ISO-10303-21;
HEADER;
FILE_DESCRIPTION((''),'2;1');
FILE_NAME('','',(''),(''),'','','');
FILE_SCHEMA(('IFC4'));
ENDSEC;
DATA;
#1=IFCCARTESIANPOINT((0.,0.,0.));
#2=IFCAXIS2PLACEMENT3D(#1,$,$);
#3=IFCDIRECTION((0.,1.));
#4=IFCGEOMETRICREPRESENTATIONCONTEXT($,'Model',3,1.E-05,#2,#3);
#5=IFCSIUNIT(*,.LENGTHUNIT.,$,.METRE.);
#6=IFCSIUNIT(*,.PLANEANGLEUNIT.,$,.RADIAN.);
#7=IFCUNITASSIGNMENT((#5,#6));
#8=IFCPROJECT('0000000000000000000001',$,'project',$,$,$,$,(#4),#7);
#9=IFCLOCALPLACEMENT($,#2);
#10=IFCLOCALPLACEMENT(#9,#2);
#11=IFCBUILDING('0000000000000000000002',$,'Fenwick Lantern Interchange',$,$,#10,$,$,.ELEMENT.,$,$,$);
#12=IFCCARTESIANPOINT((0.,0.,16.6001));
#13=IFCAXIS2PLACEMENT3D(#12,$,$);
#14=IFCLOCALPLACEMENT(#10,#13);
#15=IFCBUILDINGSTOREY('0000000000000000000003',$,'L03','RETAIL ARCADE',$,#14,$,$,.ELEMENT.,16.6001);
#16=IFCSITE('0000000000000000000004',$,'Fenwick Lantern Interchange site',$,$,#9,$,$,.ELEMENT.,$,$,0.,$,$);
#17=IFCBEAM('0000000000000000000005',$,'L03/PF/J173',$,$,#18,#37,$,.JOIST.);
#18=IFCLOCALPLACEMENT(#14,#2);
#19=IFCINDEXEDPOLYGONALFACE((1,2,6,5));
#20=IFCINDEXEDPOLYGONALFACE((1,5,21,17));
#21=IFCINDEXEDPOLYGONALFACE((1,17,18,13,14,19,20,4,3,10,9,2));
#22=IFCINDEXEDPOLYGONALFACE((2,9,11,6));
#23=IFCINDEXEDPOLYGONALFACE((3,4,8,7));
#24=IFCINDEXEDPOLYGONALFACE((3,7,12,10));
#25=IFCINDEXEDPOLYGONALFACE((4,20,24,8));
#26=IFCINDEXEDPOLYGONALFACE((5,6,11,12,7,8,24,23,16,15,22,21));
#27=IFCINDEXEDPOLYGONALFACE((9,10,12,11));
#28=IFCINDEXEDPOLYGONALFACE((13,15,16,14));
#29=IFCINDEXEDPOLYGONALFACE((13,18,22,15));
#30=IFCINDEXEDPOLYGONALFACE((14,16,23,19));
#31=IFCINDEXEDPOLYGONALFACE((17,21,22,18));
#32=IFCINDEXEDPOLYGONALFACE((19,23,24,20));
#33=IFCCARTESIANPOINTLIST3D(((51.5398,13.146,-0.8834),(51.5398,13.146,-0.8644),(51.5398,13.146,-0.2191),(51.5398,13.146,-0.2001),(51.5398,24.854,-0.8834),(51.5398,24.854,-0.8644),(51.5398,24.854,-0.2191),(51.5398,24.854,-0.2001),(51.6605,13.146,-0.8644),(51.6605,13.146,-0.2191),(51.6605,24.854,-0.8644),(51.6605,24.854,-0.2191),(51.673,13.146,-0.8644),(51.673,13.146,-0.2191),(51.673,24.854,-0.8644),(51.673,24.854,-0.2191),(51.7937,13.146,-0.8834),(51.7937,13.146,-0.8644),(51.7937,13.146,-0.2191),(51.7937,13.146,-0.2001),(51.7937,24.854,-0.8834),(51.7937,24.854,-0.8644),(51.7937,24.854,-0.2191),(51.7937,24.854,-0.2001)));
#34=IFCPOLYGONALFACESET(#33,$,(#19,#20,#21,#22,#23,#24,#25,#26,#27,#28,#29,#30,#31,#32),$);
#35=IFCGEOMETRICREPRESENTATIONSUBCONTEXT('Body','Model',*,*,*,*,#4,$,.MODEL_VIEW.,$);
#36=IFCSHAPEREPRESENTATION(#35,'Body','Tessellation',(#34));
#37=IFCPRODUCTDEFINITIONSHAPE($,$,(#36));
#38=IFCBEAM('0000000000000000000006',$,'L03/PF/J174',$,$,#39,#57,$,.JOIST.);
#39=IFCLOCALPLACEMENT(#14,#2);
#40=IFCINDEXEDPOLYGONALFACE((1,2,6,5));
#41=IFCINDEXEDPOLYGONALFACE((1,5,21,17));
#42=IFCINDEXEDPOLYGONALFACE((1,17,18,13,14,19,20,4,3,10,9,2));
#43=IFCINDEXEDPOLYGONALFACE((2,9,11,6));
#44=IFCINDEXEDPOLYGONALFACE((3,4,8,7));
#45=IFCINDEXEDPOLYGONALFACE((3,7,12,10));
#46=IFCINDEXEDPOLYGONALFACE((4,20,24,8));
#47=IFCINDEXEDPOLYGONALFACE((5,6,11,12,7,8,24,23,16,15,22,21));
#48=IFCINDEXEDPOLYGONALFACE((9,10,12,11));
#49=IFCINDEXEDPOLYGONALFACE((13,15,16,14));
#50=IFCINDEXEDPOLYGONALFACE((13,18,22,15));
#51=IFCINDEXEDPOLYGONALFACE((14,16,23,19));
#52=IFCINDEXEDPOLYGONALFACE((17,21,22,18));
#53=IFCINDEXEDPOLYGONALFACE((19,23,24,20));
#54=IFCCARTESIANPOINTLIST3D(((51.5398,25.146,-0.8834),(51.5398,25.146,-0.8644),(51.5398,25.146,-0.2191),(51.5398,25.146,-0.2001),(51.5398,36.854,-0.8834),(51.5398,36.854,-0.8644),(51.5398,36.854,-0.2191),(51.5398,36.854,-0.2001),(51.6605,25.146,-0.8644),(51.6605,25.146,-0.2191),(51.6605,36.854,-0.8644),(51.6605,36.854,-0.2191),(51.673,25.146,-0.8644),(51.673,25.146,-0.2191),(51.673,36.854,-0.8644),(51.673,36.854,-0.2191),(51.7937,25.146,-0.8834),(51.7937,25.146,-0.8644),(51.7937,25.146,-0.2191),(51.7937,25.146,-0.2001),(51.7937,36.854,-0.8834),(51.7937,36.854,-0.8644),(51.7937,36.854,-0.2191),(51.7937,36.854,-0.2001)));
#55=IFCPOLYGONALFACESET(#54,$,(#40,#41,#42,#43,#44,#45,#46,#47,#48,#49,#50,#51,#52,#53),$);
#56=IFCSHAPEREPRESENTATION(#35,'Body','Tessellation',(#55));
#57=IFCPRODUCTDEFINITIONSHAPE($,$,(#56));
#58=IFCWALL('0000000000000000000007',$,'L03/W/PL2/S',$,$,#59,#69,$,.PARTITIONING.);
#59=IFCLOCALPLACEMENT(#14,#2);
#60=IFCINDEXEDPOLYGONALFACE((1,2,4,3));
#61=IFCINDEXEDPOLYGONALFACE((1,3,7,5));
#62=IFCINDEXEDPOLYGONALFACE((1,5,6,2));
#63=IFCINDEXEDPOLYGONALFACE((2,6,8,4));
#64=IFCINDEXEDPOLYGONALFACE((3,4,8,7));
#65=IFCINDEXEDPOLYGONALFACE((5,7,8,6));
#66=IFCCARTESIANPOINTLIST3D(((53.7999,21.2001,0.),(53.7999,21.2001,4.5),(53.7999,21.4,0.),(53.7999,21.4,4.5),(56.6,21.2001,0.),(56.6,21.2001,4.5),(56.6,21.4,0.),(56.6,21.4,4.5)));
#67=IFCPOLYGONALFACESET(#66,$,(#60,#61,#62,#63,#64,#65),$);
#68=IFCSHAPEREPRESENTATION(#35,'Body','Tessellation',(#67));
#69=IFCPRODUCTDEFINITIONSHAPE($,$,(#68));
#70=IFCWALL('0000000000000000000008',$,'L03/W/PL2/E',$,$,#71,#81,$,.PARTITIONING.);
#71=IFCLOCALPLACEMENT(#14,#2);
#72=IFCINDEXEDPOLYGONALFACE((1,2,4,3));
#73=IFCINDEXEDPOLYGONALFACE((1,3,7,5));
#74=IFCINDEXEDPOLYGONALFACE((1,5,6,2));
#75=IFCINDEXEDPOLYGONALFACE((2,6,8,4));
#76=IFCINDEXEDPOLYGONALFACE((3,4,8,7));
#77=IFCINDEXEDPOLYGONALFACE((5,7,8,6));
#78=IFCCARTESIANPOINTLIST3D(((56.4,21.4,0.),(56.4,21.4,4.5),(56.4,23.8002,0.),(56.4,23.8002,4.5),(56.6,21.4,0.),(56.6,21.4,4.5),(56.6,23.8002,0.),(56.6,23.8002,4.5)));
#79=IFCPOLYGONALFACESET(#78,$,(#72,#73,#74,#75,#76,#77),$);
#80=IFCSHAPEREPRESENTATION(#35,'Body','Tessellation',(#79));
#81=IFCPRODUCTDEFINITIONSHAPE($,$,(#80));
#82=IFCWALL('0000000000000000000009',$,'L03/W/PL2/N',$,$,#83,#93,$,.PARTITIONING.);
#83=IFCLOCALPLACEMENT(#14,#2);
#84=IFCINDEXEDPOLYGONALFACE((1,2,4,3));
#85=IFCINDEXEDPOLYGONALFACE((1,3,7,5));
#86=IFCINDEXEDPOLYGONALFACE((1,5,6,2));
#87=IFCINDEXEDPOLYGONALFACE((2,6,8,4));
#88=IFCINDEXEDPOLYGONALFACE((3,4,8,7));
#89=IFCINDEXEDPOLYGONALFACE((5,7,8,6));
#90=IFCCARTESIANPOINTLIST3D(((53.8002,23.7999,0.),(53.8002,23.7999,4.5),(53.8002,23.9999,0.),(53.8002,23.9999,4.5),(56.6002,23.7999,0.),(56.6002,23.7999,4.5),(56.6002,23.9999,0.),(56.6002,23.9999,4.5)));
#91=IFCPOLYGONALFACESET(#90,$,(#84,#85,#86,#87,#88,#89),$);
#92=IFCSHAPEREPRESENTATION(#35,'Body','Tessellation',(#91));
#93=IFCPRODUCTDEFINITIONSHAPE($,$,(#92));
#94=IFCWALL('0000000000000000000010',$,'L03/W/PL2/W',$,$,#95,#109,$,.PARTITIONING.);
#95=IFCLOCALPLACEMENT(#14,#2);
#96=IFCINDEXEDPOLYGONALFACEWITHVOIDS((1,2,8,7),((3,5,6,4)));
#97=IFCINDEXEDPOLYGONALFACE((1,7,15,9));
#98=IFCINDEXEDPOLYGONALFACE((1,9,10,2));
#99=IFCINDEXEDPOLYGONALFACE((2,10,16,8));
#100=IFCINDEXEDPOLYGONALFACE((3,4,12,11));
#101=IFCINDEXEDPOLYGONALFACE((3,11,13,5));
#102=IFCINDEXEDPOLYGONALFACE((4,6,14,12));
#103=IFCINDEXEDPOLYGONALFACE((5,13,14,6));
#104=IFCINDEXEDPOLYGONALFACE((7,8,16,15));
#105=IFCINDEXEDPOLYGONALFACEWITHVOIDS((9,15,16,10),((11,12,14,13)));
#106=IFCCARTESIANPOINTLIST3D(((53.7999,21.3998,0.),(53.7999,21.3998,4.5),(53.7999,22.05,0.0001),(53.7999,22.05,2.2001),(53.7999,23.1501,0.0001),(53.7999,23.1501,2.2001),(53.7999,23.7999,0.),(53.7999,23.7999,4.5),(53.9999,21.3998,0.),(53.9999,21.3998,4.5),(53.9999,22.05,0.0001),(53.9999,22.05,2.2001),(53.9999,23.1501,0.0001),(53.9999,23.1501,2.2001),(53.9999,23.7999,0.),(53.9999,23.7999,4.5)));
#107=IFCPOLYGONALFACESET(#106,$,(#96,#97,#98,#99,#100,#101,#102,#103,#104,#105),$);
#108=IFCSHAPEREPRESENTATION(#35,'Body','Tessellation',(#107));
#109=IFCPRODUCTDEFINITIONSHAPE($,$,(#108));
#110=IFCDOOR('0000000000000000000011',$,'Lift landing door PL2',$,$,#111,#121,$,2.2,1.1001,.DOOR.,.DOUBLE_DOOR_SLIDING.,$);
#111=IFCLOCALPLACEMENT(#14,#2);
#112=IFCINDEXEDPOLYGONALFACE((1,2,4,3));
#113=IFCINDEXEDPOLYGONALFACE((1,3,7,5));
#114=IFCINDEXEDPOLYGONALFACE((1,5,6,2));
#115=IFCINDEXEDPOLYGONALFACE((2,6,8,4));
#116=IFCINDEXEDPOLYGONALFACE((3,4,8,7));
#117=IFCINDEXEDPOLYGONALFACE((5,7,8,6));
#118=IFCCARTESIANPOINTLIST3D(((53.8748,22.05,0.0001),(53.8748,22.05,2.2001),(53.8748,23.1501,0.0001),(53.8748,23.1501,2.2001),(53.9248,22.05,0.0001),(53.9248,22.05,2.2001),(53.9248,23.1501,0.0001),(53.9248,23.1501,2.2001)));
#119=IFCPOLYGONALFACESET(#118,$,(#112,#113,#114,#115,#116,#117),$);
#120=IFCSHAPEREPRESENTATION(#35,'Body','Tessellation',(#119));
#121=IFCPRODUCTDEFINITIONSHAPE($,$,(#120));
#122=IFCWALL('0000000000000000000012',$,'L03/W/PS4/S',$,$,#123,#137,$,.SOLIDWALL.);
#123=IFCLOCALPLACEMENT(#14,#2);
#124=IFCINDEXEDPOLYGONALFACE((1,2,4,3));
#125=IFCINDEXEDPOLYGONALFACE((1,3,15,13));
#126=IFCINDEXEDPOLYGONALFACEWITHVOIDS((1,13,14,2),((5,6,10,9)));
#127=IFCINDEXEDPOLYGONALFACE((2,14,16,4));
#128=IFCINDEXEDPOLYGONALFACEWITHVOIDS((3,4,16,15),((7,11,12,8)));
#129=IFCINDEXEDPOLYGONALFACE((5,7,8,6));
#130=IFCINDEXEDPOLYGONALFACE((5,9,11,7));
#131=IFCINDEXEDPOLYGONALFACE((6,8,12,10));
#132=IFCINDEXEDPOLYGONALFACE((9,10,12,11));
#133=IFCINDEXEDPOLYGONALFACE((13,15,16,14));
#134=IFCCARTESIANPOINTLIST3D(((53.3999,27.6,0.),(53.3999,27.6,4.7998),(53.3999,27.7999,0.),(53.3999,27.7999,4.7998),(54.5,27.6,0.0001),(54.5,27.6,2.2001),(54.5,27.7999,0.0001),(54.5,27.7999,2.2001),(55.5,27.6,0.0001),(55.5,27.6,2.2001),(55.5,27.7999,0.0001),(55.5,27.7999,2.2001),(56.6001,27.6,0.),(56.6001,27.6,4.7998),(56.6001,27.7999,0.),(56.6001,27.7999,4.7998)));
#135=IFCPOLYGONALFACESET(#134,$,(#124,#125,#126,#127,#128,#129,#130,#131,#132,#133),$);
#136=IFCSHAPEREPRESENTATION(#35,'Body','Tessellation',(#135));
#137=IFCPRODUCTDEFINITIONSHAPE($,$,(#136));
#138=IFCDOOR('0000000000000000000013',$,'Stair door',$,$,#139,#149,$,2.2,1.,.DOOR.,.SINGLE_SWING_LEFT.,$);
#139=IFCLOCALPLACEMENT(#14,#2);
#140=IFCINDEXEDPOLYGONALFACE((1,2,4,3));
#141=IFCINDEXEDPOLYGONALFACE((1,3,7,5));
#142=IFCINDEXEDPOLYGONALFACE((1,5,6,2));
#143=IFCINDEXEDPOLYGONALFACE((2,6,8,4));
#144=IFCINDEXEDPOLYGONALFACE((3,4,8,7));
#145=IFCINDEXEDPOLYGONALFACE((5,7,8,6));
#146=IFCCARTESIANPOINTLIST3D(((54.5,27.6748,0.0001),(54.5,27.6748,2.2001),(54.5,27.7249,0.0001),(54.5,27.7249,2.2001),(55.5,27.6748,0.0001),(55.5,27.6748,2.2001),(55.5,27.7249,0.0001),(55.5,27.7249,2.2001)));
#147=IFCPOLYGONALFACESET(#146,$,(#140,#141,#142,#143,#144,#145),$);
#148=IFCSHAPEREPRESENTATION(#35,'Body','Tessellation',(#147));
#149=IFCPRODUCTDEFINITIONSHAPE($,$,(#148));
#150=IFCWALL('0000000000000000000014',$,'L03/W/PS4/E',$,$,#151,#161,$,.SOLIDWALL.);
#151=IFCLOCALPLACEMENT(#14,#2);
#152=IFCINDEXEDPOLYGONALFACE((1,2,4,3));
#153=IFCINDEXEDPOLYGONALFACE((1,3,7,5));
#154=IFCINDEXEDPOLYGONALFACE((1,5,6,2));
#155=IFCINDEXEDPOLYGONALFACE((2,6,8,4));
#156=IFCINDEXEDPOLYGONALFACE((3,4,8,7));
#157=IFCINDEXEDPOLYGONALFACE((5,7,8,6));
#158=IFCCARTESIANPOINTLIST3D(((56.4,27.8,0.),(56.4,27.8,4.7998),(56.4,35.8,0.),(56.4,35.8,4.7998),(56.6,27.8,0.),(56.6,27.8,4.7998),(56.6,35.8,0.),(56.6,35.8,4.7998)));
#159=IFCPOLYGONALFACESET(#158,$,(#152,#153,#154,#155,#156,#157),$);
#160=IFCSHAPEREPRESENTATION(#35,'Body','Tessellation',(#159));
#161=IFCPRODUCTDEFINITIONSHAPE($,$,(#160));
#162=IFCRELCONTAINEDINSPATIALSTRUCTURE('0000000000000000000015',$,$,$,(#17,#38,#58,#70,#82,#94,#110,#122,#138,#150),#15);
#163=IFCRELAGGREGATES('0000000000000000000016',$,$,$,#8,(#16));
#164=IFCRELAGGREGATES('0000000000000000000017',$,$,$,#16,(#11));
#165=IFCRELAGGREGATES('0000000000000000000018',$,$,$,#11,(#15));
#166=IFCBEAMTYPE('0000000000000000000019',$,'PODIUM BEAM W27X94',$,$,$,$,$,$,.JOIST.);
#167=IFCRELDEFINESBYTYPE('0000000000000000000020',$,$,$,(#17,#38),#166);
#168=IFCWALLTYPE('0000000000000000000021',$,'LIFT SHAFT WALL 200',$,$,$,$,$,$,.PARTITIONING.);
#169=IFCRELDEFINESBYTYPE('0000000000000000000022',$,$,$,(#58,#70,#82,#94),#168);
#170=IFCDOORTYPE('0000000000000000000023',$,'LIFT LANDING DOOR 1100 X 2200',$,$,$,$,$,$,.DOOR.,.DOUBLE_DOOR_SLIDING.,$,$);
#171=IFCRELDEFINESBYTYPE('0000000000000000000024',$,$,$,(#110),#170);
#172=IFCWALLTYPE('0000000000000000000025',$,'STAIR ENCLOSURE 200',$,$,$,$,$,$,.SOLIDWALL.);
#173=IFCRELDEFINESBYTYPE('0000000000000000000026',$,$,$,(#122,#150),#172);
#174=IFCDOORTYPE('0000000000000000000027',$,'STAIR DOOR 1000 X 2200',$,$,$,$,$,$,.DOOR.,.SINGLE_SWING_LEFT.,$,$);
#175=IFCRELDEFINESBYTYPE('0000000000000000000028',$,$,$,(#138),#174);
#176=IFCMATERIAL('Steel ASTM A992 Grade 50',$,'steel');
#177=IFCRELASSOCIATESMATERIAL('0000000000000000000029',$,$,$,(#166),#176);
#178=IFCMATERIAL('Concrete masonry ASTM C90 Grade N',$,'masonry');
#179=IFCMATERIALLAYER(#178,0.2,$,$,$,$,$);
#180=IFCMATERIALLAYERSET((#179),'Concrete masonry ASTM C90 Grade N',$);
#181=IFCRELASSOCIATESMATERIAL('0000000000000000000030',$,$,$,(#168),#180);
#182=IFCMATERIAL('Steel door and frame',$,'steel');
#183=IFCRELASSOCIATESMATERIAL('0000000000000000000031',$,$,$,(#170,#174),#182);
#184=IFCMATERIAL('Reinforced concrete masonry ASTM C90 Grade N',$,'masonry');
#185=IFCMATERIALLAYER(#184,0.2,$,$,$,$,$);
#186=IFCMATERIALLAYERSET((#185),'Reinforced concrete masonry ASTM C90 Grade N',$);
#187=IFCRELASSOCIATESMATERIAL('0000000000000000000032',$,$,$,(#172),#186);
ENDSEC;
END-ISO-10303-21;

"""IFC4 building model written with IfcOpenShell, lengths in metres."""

from ifc_helpers import new_model, si_unit, direction, frame, frame_2d, origin, origin_2d, place, context, subcontext, project, spatial, rectangle, i_section, extrude, material, layer, layer_set, material_profile, profile_set, type_object, element, fill, save


model = new_model("IFC4")

# Units and contexts
model_context = context("Model", 3, precision=1e-05, world=origin(), true_north=direction((0.0, 1.0)))
body_context = subcontext(model_context, "Body", "Model", "MODEL_VIEW")
ifc_project = project(units=[si_unit("LENGTHUNIT", "METRE"), si_unit("PLANEANGLEUNIT", "RADIAN")], contexts=[model_context])

# Site, building, storey
site_placement = place(None, origin())
site = spatial("IfcSite", under=ifc_project, at=site_placement, Name="Fenwick Lantern Interchange site", CompositionType="ELEMENT", RefElevation=0.0)
building_placement = place(site_placement, origin())
building = spatial("IfcBuilding", under=site, at=building_placement, Name="Fenwick Lantern Interchange", CompositionType="ELEMENT")
storey_placement = place(building_placement, frame((0.0, 0.0, 16.6001)))
storey = spatial("IfcBuildingStorey", under=building, at=storey_placement, Name="L03", Description="RETAIL ARCADE", CompositionType="ELEMENT", Elevation=16.6001)

# Shared definitions
ifc_material_1 = material(Name="Steel ASTM A992 Grade 50", Category="steel")

# Beams
ifc_material_profile_1 = material_profile(ifc_material_1, i_section(OverallWidth=0.2539, OverallDepth=0.6833, WebThickness=0.0125, FlangeThickness=0.019, at=origin_2d()), Name="W27X94")
ifc_profile_set_1 = profile_set([ifc_material_profile_1], Name="Steel ASTM A992 Grade 50")
beam_type_1 = type_object("IfcBeamType", Name="PODIUM BEAM W27X94", PredefinedType="JOIST", material=ifc_profile_set_1)
for number, where, z_axis, x_axis, name in (
    (1, (51.6667, 13.146, -0.5417), (0.0, 1.0, 0.0), (-1.0, 0.0, 0.0), "L03/PF/J173"),
    (2, (51.6667, 25.146, -0.5417), (0.0, 1.0, 0.0), (-1.0, 0.0, 0.0), "L03/PF/J174"),
):
    element("IfcBeam", number, at=place(storey_placement, frame(where, z_axis=z_axis, x_axis=x_axis)), inside=storey, type_object=beam_type_1, Name=name, PredefinedType="JOIST", context=body_context, shape_type="SweptSolid", body=[
        extrude(i_section(OverallWidth=0.2539, OverallDepth=0.6833, WebThickness=0.0125, FlangeThickness=0.019, at=origin_2d()), origin(), (0.0, 0.0, 1.0), 11.708),
    ])

# Walls
ifc_material_2 = material(Name="Concrete masonry ASTM C90 Grade N", Category="masonry")
ifc_layer_1 = layer(ifc_material_2, 0.2)
ifc_layer_set_1 = layer_set([ifc_layer_1], Name="Concrete masonry ASTM C90 Grade N")
wall_type_1 = type_object("IfcWallType", Name="LIFT SHAFT WALL 200", PredefinedType="PARTITIONING", material=ifc_layer_set_1)
wall_1_placement = place(storey_placement, frame((53.8, 21.3, 0.0), z_axis=(0.0, 0.0, 1.0), x_axis=(1.0, 0.0, 0.0)))
element("IfcWall", 3, at=wall_1_placement, inside=storey, type_object=wall_type_1, Name="L03/W/PL2/S", PredefinedType="PARTITIONING", context=body_context, shape_type="SweptSolid", body=[
    extrude(rectangle(XDim=2.8, YDim=0.2, at=frame_2d((1.3999, 0.0))), origin(), (0.0, 0.0, 1.0), 4.5),
])
wall_2_placement = place(storey_placement, frame((56.5, 21.3999, 0.0), z_axis=(0.0, 0.0, 1.0), x_axis=(0.0, 1.0, 0.0)))
element("IfcWall", 4, at=wall_2_placement, inside=storey, type_object=wall_type_1, Name="L03/W/PL2/E", PredefinedType="PARTITIONING", context=body_context, shape_type="SweptSolid", body=[
    extrude(rectangle(XDim=2.4001, YDim=0.2, at=frame_2d((1.2002, 0.0))), origin(), (0.0, 0.0, 1.0), 4.5),
])
wall_3_placement = place(storey_placement, frame((56.6001, 23.8999, 0.0), z_axis=(0.0, 0.0, 1.0), x_axis=(-1.0, 0.0, 0.0)))
element("IfcWall", 5, at=wall_3_placement, inside=storey, type_object=wall_type_1, Name="L03/W/PL2/N", PredefinedType="PARTITIONING", context=body_context, shape_type="SweptSolid", body=[
    extrude(rectangle(XDim=2.8, YDim=0.2, at=frame_2d((1.3999, 0.0))), origin(), (0.0, 0.0, 1.0), 4.5),
])

# Wall, opening, door
wall_4_placement = place(storey_placement, frame((53.8999, 23.8, 0.0), z_axis=(0.0, 0.0, 1.0), x_axis=(0.0, -1.0, 0.0)))
wall_4 = element("IfcWall", 6, at=wall_4_placement, inside=storey, type_object=wall_type_1, Name="L03/W/PL2/W", PredefinedType="PARTITIONING", context=body_context, shape_type="SweptSolid", body=[
    extrude(rectangle(XDim=2.4001, YDim=0.2, at=frame_2d((1.2002, 0.0))), origin(), (0.0, 0.0, 1.0), 4.5),
])
opening_1_placement = place(wall_4_placement, frame((0.6499, 0.0, 0.0)))
opening_1 = element("IfcOpeningElement", 7, at=opening_1_placement, cuts=wall_4, PredefinedType="OPENING", context=body_context, shape_type="SweptSolid", body=[
    extrude(rectangle(XDim=1.1001, YDim=2.2, at=frame_2d((0.55, 1.1001))), frame((0.0, 0.1099, 0.0), z_axis=(0.0, -1.0, 0.0), x_axis=(1.0, 0.0, 0.0)), (0.0, 0.0, 1.0), 0.22),
])
ifc_material_3 = material(Name="Steel door and frame", Category="steel")
door_type_1 = type_object("IfcDoorType", Name="LIFT LANDING DOOR 1100 X 2200", OperationType="DOUBLE_DOOR_SLIDING", PredefinedType="DOOR", material=ifc_material_3)
door_1_placement = place(opening_1_placement, origin())
door_1 = element("IfcDoor", 8, at=door_1_placement, inside=storey, type_object=door_type_1, Name="Lift landing door PL2", OperationType="DOUBLE_DOOR_SLIDING", OverallHeight=2.2, OverallWidth=1.1001, PredefinedType="DOOR", context=body_context, shape_type="SweptSolid", body=[
    extrude(rectangle(XDim=1.1001, YDim=2.2, at=frame_2d((0.55, 1.1001))), frame((0.0, 0.0249, 0.0), z_axis=(0.0, -1.0, 0.0), x_axis=(1.0, 0.0, 0.0)), (0.0, 0.0, 1.0), 0.05),
])
fill(opening_1, door_1)

# Wall, opening, door
ifc_material_4 = material(Name="Reinforced concrete masonry ASTM C90 Grade N", Category="masonry")
ifc_layer_2 = layer(ifc_material_4, 0.2)
ifc_layer_set_2 = layer_set([ifc_layer_2], Name="Reinforced concrete masonry ASTM C90 Grade N")
wall_type_2 = type_object("IfcWallType", Name="STAIR ENCLOSURE 200", PredefinedType="SOLIDWALL", material=ifc_layer_set_2)
wall_5_placement = place(storey_placement, frame((53.3999, 27.7, 0.0), z_axis=(0.0, 0.0, 1.0), x_axis=(1.0, 0.0, 0.0)))
wall_5 = element("IfcWall", 9, at=wall_5_placement, inside=storey, type_object=wall_type_2, Name="L03/W/PS4/S", PredefinedType="SOLIDWALL", context=body_context, shape_type="SweptSolid", body=[
    extrude(rectangle(XDim=3.2002, YDim=0.2, at=frame_2d((1.6001, 0.0))), origin(), (0.0, 0.0, 1.0), 4.7998),
])
opening_2_placement = place(wall_5_placement, frame((1.1001, 0.0, 0.0)))
opening_2 = element("IfcOpeningElement", 10, at=opening_2_placement, cuts=wall_5, PredefinedType="OPENING", context=body_context, shape_type="SweptSolid", body=[
    extrude(rectangle(XDim=1.0, YDim=2.2, at=frame_2d((0.5, 1.1001))), frame((0.0, 0.1099, 0.0), z_axis=(0.0, -1.0, 0.0), x_axis=(1.0, 0.0, 0.0)), (0.0, 0.0, 1.0), 0.22),
])
door_type_2 = type_object("IfcDoorType", Name="STAIR DOOR 1000 X 2200", OperationType="SINGLE_SWING_LEFT", PredefinedType="DOOR", material=ifc_material_3)
door_2_placement = place(opening_2_placement, origin())
door_2 = element("IfcDoor", 11, at=door_2_placement, inside=storey, type_object=door_type_2, Name="Stair door", OperationType="SINGLE_SWING_LEFT", OverallHeight=2.2, OverallWidth=1.0, PredefinedType="DOOR", context=body_context, shape_type="SweptSolid", body=[
    extrude(rectangle(XDim=1.0, YDim=2.2, at=frame_2d((0.5, 1.1001))), frame((0.0, 0.0249, 0.0), z_axis=(0.0, -1.0, 0.0), x_axis=(1.0, 0.0, 0.0)), (0.0, 0.0, 1.0), 0.05),
])
fill(opening_2, door_2)

# Wall
wall_6_placement = place(storey_placement, frame((56.5, 27.8, 0.0), z_axis=(0.0, 0.0, 1.0), x_axis=(0.0, 1.0, 0.0)))
element("IfcWall", 12, at=wall_6_placement, inside=storey, type_object=wall_type_2, Name="L03/W/PS4/E", PredefinedType="SOLIDWALL", context=body_context, shape_type="SweptSolid", body=[
    extrude(rectangle(XDim=8.0, YDim=0.2, at=frame_2d((4.0, 0.0))), origin(), (0.0, 0.0, 1.0), 4.7998),
])

save(model, "model.ifc")
